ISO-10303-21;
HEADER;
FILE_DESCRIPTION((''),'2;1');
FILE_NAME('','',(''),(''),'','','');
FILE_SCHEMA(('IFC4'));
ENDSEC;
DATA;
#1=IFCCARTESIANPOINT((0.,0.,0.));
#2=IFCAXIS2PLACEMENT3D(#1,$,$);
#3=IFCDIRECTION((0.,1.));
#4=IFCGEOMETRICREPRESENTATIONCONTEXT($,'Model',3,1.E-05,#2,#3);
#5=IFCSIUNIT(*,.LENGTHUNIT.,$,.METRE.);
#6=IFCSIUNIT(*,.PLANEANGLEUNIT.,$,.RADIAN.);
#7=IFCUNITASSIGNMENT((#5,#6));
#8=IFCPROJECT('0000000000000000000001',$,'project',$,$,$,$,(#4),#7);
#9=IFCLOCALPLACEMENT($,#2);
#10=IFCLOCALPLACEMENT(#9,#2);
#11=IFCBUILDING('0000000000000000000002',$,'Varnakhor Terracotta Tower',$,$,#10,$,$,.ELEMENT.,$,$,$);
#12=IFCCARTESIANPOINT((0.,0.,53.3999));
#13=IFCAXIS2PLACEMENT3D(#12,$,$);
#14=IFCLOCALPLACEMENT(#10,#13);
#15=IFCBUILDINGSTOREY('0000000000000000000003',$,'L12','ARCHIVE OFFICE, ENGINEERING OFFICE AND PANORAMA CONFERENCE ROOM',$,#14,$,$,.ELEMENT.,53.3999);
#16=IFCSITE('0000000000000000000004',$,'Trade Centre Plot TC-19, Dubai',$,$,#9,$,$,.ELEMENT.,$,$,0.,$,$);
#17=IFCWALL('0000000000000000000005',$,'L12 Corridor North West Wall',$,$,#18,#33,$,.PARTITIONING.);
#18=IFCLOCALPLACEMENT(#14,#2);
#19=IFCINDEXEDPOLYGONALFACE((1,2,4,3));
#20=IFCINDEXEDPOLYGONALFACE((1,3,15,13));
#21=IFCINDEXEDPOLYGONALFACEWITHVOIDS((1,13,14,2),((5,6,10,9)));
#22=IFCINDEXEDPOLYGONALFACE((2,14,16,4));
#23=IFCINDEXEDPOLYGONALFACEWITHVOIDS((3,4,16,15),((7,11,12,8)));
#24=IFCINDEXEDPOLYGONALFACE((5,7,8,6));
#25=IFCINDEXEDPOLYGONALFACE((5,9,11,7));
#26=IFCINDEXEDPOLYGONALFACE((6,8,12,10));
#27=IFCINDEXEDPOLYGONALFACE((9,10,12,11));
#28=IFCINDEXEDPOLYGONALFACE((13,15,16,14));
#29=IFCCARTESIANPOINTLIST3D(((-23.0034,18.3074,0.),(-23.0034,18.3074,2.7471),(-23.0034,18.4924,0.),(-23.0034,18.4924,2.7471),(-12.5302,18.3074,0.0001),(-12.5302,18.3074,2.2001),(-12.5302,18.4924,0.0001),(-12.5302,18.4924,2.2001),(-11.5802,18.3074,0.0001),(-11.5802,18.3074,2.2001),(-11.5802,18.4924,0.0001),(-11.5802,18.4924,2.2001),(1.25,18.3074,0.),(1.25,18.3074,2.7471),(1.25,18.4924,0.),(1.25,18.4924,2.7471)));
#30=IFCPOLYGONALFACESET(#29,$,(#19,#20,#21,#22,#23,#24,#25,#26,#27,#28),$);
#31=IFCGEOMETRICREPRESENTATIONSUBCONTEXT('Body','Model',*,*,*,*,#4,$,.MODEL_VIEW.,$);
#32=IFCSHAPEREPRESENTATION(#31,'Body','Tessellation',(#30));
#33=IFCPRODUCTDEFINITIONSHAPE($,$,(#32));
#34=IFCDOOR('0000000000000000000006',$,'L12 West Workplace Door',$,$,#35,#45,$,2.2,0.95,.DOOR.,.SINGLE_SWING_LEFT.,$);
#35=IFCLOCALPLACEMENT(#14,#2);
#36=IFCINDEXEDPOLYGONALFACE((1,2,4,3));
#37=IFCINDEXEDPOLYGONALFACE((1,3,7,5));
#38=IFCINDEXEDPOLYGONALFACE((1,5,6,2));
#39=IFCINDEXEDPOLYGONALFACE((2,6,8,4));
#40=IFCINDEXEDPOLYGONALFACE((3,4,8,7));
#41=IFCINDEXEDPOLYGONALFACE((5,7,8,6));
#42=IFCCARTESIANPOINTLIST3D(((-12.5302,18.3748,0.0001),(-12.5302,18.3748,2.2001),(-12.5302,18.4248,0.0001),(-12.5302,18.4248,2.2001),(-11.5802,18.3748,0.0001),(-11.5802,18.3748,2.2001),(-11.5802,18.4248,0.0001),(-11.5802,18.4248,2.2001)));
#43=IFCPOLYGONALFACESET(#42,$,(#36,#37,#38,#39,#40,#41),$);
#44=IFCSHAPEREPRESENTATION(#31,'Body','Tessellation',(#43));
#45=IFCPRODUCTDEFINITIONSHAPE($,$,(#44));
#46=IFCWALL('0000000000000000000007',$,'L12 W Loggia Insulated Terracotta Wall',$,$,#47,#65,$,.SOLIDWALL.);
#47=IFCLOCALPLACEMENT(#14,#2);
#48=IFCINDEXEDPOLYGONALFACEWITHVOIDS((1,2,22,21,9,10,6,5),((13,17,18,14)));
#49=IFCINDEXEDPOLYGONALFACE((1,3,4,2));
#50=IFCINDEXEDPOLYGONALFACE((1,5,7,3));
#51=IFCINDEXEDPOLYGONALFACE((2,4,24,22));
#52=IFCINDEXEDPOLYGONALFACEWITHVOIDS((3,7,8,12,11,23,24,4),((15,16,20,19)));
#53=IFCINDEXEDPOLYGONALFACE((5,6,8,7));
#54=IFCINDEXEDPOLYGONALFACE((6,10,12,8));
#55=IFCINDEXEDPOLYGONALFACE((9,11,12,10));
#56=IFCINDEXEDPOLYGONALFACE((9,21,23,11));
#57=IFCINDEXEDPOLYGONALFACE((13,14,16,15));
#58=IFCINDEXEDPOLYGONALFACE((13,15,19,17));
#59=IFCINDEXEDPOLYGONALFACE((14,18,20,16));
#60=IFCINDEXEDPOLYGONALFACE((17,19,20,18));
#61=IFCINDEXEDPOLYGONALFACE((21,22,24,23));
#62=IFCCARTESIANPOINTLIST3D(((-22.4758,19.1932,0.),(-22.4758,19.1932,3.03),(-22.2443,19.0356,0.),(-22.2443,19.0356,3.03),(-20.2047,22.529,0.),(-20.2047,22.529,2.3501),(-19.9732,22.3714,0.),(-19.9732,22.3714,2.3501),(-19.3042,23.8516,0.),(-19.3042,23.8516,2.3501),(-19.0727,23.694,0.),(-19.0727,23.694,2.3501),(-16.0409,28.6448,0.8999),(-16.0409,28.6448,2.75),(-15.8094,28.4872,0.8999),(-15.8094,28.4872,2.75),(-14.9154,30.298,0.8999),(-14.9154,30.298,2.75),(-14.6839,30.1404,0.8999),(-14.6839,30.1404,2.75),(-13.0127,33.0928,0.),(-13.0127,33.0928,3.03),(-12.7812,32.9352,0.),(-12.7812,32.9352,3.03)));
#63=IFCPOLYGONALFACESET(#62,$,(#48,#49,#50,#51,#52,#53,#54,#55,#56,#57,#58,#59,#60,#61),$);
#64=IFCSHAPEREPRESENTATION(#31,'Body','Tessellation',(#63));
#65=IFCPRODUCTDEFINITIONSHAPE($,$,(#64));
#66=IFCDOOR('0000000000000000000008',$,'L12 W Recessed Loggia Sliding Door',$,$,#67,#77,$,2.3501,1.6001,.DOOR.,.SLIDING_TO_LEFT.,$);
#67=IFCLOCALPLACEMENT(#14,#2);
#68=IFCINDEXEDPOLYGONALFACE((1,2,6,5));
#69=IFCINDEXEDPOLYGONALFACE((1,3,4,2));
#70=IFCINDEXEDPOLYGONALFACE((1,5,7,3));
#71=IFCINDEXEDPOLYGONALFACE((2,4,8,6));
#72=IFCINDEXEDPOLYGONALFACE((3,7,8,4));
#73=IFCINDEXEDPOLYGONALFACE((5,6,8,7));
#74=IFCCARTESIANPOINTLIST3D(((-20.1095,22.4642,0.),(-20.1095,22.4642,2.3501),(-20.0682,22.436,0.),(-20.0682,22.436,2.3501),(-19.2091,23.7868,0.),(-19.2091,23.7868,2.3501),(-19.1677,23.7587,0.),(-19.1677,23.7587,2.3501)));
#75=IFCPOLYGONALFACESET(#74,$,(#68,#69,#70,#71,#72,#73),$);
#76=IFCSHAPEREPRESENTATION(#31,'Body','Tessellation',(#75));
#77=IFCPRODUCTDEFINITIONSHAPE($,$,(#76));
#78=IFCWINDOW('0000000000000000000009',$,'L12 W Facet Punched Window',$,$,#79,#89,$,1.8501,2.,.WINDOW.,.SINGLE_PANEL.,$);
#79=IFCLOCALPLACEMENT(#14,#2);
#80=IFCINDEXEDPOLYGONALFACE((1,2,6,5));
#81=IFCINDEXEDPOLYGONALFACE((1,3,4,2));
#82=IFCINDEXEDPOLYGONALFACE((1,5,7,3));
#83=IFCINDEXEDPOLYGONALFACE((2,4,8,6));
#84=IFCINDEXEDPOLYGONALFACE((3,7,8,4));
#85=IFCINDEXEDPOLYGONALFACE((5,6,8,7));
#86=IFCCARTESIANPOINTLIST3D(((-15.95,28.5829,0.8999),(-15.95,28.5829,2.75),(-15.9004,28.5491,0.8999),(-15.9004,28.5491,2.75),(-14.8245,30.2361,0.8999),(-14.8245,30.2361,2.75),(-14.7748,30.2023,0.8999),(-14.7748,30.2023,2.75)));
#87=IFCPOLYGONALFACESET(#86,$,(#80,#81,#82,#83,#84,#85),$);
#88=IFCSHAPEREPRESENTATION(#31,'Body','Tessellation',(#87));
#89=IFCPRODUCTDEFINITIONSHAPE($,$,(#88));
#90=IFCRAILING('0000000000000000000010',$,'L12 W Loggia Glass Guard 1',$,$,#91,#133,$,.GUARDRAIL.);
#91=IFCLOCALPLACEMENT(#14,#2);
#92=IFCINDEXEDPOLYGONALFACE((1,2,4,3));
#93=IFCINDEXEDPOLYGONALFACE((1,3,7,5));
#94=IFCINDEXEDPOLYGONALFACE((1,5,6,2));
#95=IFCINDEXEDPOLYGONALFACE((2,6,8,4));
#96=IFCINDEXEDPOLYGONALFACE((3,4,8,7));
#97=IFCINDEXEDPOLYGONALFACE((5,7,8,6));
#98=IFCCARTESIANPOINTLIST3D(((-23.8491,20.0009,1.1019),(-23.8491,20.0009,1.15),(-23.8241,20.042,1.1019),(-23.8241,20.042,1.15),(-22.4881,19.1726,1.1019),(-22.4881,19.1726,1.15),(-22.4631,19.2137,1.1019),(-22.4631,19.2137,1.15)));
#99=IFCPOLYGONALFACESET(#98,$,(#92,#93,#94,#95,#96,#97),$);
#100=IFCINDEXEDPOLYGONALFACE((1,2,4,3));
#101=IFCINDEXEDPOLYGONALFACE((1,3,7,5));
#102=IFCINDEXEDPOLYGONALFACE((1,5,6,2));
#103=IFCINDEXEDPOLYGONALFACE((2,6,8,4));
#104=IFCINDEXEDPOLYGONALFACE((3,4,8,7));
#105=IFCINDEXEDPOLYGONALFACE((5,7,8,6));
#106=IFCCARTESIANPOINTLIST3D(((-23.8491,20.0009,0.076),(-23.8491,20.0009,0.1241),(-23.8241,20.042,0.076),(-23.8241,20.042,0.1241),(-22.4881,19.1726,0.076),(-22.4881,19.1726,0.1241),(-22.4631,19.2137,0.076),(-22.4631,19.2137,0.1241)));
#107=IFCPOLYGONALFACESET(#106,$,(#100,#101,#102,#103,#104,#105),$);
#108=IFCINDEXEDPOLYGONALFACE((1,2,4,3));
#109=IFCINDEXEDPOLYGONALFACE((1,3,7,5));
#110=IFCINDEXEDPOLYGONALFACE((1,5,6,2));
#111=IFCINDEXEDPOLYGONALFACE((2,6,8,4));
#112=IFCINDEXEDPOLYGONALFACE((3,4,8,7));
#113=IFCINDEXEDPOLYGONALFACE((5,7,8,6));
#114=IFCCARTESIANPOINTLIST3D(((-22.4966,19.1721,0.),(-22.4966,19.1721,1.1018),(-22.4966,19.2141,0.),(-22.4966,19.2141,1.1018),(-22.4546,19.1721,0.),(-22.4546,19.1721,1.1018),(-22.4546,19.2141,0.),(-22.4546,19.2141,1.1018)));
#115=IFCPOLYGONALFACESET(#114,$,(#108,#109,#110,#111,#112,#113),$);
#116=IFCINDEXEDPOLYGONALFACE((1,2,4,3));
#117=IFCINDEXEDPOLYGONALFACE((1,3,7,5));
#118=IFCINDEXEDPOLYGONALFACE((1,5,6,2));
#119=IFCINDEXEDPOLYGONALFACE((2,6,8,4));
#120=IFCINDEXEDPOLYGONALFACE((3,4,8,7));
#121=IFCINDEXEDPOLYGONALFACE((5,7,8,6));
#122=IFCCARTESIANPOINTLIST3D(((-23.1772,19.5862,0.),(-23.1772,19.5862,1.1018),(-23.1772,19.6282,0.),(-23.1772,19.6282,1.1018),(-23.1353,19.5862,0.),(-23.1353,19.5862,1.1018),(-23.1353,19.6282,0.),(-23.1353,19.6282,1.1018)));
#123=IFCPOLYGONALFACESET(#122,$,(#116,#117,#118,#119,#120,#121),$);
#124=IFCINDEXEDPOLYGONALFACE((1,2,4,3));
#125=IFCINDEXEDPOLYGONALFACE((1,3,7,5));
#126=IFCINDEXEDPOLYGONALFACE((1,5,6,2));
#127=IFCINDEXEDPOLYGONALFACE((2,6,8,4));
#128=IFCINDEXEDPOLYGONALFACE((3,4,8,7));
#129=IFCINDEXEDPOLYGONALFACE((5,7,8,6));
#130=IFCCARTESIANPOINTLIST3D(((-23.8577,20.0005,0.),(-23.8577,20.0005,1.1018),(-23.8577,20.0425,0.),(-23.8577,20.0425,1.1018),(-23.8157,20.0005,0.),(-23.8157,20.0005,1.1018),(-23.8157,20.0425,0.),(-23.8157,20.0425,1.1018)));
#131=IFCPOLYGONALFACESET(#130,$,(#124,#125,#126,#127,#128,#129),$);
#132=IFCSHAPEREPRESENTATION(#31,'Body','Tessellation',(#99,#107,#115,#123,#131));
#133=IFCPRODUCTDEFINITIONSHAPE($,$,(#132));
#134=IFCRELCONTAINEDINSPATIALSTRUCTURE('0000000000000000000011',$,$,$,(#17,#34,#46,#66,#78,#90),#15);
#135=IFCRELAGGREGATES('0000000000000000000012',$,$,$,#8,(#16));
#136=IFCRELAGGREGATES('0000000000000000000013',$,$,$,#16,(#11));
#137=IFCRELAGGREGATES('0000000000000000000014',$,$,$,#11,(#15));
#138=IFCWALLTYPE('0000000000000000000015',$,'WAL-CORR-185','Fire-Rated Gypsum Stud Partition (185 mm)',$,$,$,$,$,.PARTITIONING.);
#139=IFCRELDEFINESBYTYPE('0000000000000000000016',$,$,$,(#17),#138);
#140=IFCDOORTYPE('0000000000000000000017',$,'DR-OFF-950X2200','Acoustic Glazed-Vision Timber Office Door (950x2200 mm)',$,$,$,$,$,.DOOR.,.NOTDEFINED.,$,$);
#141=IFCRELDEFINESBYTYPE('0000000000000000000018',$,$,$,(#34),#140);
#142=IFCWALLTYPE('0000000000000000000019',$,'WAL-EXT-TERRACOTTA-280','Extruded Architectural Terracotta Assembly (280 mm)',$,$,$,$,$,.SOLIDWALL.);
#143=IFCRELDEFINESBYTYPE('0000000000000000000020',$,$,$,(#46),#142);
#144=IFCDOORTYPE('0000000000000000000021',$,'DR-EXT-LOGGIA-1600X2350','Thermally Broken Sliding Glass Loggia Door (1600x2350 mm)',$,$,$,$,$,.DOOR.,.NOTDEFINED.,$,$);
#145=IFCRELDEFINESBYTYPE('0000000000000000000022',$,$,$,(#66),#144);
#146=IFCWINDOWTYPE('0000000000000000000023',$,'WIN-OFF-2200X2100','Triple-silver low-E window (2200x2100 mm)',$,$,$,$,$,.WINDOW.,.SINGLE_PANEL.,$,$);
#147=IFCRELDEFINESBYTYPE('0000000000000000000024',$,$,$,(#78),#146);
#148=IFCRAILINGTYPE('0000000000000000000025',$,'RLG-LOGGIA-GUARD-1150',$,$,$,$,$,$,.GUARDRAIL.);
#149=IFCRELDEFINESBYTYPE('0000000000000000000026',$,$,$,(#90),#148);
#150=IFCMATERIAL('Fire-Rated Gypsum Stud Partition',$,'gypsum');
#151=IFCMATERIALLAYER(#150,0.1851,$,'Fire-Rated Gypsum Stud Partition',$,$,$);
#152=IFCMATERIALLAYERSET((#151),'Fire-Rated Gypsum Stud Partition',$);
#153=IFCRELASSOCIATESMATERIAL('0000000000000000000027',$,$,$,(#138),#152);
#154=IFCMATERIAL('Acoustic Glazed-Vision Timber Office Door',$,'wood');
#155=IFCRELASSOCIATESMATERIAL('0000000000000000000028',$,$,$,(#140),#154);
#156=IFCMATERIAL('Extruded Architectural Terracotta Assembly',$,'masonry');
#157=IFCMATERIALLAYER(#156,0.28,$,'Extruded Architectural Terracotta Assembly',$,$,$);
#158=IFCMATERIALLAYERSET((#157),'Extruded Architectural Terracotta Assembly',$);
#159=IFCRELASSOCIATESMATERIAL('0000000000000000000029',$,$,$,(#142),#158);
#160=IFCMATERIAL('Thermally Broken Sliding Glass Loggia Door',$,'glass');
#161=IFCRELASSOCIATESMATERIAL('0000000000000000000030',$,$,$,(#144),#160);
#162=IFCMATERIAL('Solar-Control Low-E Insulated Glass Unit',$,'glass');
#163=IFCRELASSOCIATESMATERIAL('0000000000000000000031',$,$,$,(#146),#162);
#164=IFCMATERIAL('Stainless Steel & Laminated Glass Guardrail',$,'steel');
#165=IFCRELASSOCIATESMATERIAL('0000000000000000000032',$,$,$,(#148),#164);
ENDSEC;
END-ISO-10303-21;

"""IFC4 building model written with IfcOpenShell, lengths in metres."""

from ifc_helpers import new_model, si_unit, direction, frame, frame_2d, origin, origin_2d, place, context, subcontext, project, spatial, rectangle, extrude, source, transform, mapped, material, layer, layer_set, type_object, type_shapes, element, fill, save


model = new_model("IFC4")

# Units and contexts
model_context = context("Model", 3, precision=1e-05, world=origin(), true_north=direction((0.0, 1.0)))
body_context = subcontext(model_context, "Body", "Model", "MODEL_VIEW")
ifc_project = project(units=[si_unit("LENGTHUNIT", "METRE"), si_unit("PLANEANGLEUNIT", "RADIAN")], contexts=[model_context])

# Site, building, storey
site_placement = place(None, origin())
site = spatial("IfcSite", under=ifc_project, at=site_placement, Name="Trade Centre Plot TC-19, Dubai", CompositionType="ELEMENT", RefElevation=0.0)
building_placement = place(site_placement, origin())
building = spatial("IfcBuilding", under=site, at=building_placement, Name="Varnakhor Terracotta Tower", CompositionType="ELEMENT")
storey_placement = place(building_placement, frame((0.0, 0.0, 53.3999)))
storey = spatial("IfcBuildingStorey", under=building, at=storey_placement, Name="L12", Description="ARCHIVE OFFICE, ENGINEERING OFFICE AND PANORAMA CONFERENCE ROOM", CompositionType="ELEMENT", Elevation=53.3999)

# Wall, opening, door
ifc_material_1 = material(Name="Fire-Rated Gypsum Stud Partition", Category="gypsum")
ifc_layer_1 = layer(ifc_material_1, 0.1851, Name="Fire-Rated Gypsum Stud Partition")
ifc_layer_set_1 = layer_set([ifc_layer_1], Name="Fire-Rated Gypsum Stud Partition")
wall_type_1 = type_object("IfcWallType", Name="WAL-CORR-185", Description="Fire-Rated Gypsum Stud Partition (185 mm)", PredefinedType="PARTITIONING", material=ifc_layer_set_1)
ifc_material_2 = material(Name="Acoustic Glazed-Vision Timber Office Door", Category="wood")
door_type_1 = type_object("IfcDoorType", Name="DR-OFF-950X2200", Description="Acoustic Glazed-Vision Timber Office Door (950x2200 mm)", OperationType="NOTDEFINED", PredefinedType="DOOR", material=ifc_material_2)
shared_shape_1 = source(origin(), body_context, "Body", "SweptSolid", [
    extrude(rectangle(XDim=0.95, YDim=2.2, at=frame_2d((0.4751, 1.1001))), frame((0.0, 0.0249, 0.0), z_axis=(0.0, -1.0, 0.0), x_axis=(1.0, 0.0, 0.0)), (0.0, 0.0, 1.0), 0.05),
])
type_shapes(door_type_1, [shared_shape_1])
wall_1_placement = place(storey_placement, frame((-23.0034, 18.3999, 0.0), z_axis=(0.0, 0.0, 1.0), x_axis=(1.0, 0.0, 0.0)))
wall_1 = element("IfcWall", 1, at=wall_1_placement, inside=storey, type_object=wall_type_1, Name="L12 Corridor North West Wall", PredefinedType="PARTITIONING", context=body_context, shape_type="SweptSolid", body=[
    extrude(rectangle(XDim=24.2534, YDim=0.1851, at=frame_2d((12.1267, 0.0))), origin(), (0.0, 0.0, 1.0), 2.7471),
])
opening_1_placement = place(wall_1_placement, frame((10.4731, 0.0, 0.0)))
opening_1 = element("IfcOpeningElement", 2, at=opening_1_placement, cuts=wall_1, PredefinedType="OPENING", context=body_context, shape_type="SweptSolid", body=[
    extrude(rectangle(XDim=0.95, YDim=2.2, at=frame_2d((0.4751, 1.1001))), frame((0.0, 0.1025, 0.0), z_axis=(0.0, -1.0, 0.0), x_axis=(1.0, 0.0, 0.0)), (0.0, 0.0, 1.0), 0.2051),
])
door_1_placement = place(opening_1_placement, origin())
door_1 = element("IfcDoor", 3, at=door_1_placement, inside=storey, type_object=door_type_1, Name="L12 West Workplace Door", OperationType="SINGLE_SWING_LEFT", OverallHeight=2.2, OverallWidth=0.95, PredefinedType="DOOR", context=body_context, shape_type="MappedRepresentation", body=[
    mapped(shared_shape_1, transform((0.0, 0.0, 0.0), scale=1.0)),
])
fill(opening_1, door_1)

# Wall, openings, door, window
ifc_material_3 = material(Name="Extruded Architectural Terracotta Assembly", Category="masonry")
ifc_layer_2 = layer(ifc_material_3, 0.28, Name="Extruded Architectural Terracotta Assembly")
ifc_layer_set_2 = layer_set([ifc_layer_2], Name="Extruded Architectural Terracotta Assembly")
wall_type_2 = type_object("IfcWallType", Name="WAL-EXT-TERRACOTTA-280", Description="Extruded Architectural Terracotta Assembly (280 mm)", PredefinedType="SOLIDWALL", material=ifc_layer_set_2)
wall_2_placement = place(storey_placement, frame((-22.3601, 19.1143, 0.0), z_axis=(0.0, 0.0, 1.0), x_axis=(0.562772, 0.826612, 0.0)))
wall_2 = element("IfcWall", 4, at=wall_2_placement, inside=storey, type_object=wall_type_2, Name="L12 W Loggia Insulated Terracotta Wall", PredefinedType="SOLIDWALL", context=body_context, shape_type="SweptSolid", body=[
    extrude(rectangle(XDim=16.8152, YDim=0.28, at=frame_2d((8.4077, 0.0))), origin(), (0.0, 0.0, 1.0), 3.03),
])
opening_2_placement = place(wall_2_placement, frame((4.0356, 0.0, 0.0)))
opening_2 = element("IfcOpeningElement", 5, at=opening_2_placement, cuts=wall_2, PredefinedType="OPENING", context=body_context, shape_type="SweptSolid", body=[
    extrude(rectangle(XDim=1.6001, YDim=2.3501, at=frame_2d((0.8, 1.175))), frame((0.0, 0.1499, 0.0), z_axis=(0.0, -1.0, 0.0), x_axis=(1.0, 0.0, 0.0)), (0.0, 0.0, 1.0), 0.3),
])
opening_3_placement = place(wall_2_placement, frame((11.4343, 0.0, 0.8999)))
opening_3 = element("IfcOpeningElement", 6, at=opening_3_placement, cuts=wall_2, PredefinedType="OPENING", context=body_context, shape_type="SweptSolid", body=[
    extrude(rectangle(XDim=2.0, YDim=1.8501, at=frame_2d((1.0, 0.925))), frame((0.0, 0.1499, 0.0), z_axis=(0.0, -1.0, 0.0), x_axis=(1.0, 0.0, 0.0)), (0.0, 0.0, 1.0), 0.3),
])
ifc_material_4 = material(Name="Thermally Broken Sliding Glass Loggia Door", Category="glass")
door_type_2 = type_object("IfcDoorType", Name="DR-EXT-LOGGIA-1600X2350", Description="Thermally Broken Sliding Glass Loggia Door (1600x2350 mm)", OperationType="NOTDEFINED", PredefinedType="DOOR", material=ifc_material_4)
shared_shape_2 = source(origin(), body_context, "Body", "SweptSolid", [
    extrude(rectangle(XDim=1.6001, YDim=2.3501, at=frame_2d((0.8, 1.175))), frame((0.0, 0.0249, 0.0), z_axis=(0.0, -1.0, 0.0), x_axis=(1.0, 0.0, 0.0)), (0.0, 0.0, 1.0), 0.05),
])
type_shapes(door_type_2, [shared_shape_2])
door_2_placement = place(opening_2_placement, origin())
door_2 = element("IfcDoor", 7, at=door_2_placement, inside=storey, type_object=door_type_2, Name="L12 W Recessed Loggia Sliding Door", OperationType="SLIDING_TO_LEFT", OverallHeight=2.3501, OverallWidth=1.6001, PredefinedType="DOOR", context=body_context, shape_type="MappedRepresentation", body=[
    mapped(shared_shape_2, transform((0.0, 0.0, 0.0), scale=1.0)),
])
fill(opening_2, door_2)
ifc_material_5 = material(Name="Solar-Control Low-E Insulated Glass Unit", Category="glass")
window_type = type_object("IfcWindowType", Name="WIN-OFF-2200X2100", Description="Triple-silver low-E window (2200x2100 mm)", PartitioningType="SINGLE_PANEL", PredefinedType="WINDOW", material=ifc_material_5)
shared_shape_3 = source(origin(), body_context, "Body", "SweptSolid", [
    extrude(rectangle(XDim=2.0, YDim=1.8501, at=frame_2d((1.0, 0.925))), frame((0.0, 0.03, 0.0), z_axis=(0.0, -1.0, 0.0), x_axis=(1.0, 0.0, 0.0)), (0.0, 0.0, 1.0), 0.0601),
])
type_shapes(window_type, [shared_shape_3])
window_placement = place(opening_3_placement, origin())
window = element("IfcWindow", 8, at=window_placement, inside=storey, type_object=window_type, Name="L12 W Facet Punched Window", OverallHeight=1.8501, OverallWidth=2.0, PartitioningType="SINGLE_PANEL", PredefinedType="WINDOW", context=body_context, shape_type="MappedRepresentation", body=[
    mapped(shared_shape_3, transform((0.0, 0.0, 0.0), scale=1.0)),
])
fill(opening_3, window)

# Railing
ifc_material_6 = material(Name="Stainless Steel & Laminated Glass Guardrail", Category="steel")
railing_type = type_object("IfcRailingType", Name="RLG-LOGGIA-GUARD-1150", PredefinedType="GUARDRAIL", material=ifc_material_6)
railing_1_placement = place(storey_placement, frame((-22.4756, 19.1931, 0.0)))
element("IfcRailing", 9, at=railing_1_placement, inside=storey, type_object=railing_type, Name="L12 W Loggia Glass Guard 1", PredefinedType="GUARDRAIL", context=body_context, shape_type="SweptSolid", body=[
    extrude(rectangle(XDim=0.0481, YDim=0.0481, at=origin_2d()), frame((0.0, 0.0, 1.126), z_axis=(-0.854231, 0.519893, 0.0), x_axis=(-0.519893, -0.854231, 0.0)), (0.0, 0.0, 1.0), 1.5933),
    extrude(rectangle(XDim=0.0481, YDim=0.0481, at=origin_2d()), frame((0.0, 0.0, 0.1001), z_axis=(-0.854231, 0.519893, 0.0), x_axis=(-0.519893, -0.854231, 0.0)), (0.0, 0.0, 1.0), 1.5933),
    extrude(rectangle(XDim=0.042, YDim=0.042, at=origin_2d()), origin(), (0.0, 0.0, 1.0), 1.1018),
    extrude(rectangle(XDim=0.042, YDim=0.042, at=origin_2d()), frame((-0.6807, 0.4141, 0.0)), (0.0, 0.0, 1.0), 1.1018),
    extrude(rectangle(XDim=0.042, YDim=0.042, at=origin_2d()), frame((-1.3611, 0.8284, 0.0)), (0.0, 0.0, 1.0), 1.1018),
])

save(model, "model.ifc")
